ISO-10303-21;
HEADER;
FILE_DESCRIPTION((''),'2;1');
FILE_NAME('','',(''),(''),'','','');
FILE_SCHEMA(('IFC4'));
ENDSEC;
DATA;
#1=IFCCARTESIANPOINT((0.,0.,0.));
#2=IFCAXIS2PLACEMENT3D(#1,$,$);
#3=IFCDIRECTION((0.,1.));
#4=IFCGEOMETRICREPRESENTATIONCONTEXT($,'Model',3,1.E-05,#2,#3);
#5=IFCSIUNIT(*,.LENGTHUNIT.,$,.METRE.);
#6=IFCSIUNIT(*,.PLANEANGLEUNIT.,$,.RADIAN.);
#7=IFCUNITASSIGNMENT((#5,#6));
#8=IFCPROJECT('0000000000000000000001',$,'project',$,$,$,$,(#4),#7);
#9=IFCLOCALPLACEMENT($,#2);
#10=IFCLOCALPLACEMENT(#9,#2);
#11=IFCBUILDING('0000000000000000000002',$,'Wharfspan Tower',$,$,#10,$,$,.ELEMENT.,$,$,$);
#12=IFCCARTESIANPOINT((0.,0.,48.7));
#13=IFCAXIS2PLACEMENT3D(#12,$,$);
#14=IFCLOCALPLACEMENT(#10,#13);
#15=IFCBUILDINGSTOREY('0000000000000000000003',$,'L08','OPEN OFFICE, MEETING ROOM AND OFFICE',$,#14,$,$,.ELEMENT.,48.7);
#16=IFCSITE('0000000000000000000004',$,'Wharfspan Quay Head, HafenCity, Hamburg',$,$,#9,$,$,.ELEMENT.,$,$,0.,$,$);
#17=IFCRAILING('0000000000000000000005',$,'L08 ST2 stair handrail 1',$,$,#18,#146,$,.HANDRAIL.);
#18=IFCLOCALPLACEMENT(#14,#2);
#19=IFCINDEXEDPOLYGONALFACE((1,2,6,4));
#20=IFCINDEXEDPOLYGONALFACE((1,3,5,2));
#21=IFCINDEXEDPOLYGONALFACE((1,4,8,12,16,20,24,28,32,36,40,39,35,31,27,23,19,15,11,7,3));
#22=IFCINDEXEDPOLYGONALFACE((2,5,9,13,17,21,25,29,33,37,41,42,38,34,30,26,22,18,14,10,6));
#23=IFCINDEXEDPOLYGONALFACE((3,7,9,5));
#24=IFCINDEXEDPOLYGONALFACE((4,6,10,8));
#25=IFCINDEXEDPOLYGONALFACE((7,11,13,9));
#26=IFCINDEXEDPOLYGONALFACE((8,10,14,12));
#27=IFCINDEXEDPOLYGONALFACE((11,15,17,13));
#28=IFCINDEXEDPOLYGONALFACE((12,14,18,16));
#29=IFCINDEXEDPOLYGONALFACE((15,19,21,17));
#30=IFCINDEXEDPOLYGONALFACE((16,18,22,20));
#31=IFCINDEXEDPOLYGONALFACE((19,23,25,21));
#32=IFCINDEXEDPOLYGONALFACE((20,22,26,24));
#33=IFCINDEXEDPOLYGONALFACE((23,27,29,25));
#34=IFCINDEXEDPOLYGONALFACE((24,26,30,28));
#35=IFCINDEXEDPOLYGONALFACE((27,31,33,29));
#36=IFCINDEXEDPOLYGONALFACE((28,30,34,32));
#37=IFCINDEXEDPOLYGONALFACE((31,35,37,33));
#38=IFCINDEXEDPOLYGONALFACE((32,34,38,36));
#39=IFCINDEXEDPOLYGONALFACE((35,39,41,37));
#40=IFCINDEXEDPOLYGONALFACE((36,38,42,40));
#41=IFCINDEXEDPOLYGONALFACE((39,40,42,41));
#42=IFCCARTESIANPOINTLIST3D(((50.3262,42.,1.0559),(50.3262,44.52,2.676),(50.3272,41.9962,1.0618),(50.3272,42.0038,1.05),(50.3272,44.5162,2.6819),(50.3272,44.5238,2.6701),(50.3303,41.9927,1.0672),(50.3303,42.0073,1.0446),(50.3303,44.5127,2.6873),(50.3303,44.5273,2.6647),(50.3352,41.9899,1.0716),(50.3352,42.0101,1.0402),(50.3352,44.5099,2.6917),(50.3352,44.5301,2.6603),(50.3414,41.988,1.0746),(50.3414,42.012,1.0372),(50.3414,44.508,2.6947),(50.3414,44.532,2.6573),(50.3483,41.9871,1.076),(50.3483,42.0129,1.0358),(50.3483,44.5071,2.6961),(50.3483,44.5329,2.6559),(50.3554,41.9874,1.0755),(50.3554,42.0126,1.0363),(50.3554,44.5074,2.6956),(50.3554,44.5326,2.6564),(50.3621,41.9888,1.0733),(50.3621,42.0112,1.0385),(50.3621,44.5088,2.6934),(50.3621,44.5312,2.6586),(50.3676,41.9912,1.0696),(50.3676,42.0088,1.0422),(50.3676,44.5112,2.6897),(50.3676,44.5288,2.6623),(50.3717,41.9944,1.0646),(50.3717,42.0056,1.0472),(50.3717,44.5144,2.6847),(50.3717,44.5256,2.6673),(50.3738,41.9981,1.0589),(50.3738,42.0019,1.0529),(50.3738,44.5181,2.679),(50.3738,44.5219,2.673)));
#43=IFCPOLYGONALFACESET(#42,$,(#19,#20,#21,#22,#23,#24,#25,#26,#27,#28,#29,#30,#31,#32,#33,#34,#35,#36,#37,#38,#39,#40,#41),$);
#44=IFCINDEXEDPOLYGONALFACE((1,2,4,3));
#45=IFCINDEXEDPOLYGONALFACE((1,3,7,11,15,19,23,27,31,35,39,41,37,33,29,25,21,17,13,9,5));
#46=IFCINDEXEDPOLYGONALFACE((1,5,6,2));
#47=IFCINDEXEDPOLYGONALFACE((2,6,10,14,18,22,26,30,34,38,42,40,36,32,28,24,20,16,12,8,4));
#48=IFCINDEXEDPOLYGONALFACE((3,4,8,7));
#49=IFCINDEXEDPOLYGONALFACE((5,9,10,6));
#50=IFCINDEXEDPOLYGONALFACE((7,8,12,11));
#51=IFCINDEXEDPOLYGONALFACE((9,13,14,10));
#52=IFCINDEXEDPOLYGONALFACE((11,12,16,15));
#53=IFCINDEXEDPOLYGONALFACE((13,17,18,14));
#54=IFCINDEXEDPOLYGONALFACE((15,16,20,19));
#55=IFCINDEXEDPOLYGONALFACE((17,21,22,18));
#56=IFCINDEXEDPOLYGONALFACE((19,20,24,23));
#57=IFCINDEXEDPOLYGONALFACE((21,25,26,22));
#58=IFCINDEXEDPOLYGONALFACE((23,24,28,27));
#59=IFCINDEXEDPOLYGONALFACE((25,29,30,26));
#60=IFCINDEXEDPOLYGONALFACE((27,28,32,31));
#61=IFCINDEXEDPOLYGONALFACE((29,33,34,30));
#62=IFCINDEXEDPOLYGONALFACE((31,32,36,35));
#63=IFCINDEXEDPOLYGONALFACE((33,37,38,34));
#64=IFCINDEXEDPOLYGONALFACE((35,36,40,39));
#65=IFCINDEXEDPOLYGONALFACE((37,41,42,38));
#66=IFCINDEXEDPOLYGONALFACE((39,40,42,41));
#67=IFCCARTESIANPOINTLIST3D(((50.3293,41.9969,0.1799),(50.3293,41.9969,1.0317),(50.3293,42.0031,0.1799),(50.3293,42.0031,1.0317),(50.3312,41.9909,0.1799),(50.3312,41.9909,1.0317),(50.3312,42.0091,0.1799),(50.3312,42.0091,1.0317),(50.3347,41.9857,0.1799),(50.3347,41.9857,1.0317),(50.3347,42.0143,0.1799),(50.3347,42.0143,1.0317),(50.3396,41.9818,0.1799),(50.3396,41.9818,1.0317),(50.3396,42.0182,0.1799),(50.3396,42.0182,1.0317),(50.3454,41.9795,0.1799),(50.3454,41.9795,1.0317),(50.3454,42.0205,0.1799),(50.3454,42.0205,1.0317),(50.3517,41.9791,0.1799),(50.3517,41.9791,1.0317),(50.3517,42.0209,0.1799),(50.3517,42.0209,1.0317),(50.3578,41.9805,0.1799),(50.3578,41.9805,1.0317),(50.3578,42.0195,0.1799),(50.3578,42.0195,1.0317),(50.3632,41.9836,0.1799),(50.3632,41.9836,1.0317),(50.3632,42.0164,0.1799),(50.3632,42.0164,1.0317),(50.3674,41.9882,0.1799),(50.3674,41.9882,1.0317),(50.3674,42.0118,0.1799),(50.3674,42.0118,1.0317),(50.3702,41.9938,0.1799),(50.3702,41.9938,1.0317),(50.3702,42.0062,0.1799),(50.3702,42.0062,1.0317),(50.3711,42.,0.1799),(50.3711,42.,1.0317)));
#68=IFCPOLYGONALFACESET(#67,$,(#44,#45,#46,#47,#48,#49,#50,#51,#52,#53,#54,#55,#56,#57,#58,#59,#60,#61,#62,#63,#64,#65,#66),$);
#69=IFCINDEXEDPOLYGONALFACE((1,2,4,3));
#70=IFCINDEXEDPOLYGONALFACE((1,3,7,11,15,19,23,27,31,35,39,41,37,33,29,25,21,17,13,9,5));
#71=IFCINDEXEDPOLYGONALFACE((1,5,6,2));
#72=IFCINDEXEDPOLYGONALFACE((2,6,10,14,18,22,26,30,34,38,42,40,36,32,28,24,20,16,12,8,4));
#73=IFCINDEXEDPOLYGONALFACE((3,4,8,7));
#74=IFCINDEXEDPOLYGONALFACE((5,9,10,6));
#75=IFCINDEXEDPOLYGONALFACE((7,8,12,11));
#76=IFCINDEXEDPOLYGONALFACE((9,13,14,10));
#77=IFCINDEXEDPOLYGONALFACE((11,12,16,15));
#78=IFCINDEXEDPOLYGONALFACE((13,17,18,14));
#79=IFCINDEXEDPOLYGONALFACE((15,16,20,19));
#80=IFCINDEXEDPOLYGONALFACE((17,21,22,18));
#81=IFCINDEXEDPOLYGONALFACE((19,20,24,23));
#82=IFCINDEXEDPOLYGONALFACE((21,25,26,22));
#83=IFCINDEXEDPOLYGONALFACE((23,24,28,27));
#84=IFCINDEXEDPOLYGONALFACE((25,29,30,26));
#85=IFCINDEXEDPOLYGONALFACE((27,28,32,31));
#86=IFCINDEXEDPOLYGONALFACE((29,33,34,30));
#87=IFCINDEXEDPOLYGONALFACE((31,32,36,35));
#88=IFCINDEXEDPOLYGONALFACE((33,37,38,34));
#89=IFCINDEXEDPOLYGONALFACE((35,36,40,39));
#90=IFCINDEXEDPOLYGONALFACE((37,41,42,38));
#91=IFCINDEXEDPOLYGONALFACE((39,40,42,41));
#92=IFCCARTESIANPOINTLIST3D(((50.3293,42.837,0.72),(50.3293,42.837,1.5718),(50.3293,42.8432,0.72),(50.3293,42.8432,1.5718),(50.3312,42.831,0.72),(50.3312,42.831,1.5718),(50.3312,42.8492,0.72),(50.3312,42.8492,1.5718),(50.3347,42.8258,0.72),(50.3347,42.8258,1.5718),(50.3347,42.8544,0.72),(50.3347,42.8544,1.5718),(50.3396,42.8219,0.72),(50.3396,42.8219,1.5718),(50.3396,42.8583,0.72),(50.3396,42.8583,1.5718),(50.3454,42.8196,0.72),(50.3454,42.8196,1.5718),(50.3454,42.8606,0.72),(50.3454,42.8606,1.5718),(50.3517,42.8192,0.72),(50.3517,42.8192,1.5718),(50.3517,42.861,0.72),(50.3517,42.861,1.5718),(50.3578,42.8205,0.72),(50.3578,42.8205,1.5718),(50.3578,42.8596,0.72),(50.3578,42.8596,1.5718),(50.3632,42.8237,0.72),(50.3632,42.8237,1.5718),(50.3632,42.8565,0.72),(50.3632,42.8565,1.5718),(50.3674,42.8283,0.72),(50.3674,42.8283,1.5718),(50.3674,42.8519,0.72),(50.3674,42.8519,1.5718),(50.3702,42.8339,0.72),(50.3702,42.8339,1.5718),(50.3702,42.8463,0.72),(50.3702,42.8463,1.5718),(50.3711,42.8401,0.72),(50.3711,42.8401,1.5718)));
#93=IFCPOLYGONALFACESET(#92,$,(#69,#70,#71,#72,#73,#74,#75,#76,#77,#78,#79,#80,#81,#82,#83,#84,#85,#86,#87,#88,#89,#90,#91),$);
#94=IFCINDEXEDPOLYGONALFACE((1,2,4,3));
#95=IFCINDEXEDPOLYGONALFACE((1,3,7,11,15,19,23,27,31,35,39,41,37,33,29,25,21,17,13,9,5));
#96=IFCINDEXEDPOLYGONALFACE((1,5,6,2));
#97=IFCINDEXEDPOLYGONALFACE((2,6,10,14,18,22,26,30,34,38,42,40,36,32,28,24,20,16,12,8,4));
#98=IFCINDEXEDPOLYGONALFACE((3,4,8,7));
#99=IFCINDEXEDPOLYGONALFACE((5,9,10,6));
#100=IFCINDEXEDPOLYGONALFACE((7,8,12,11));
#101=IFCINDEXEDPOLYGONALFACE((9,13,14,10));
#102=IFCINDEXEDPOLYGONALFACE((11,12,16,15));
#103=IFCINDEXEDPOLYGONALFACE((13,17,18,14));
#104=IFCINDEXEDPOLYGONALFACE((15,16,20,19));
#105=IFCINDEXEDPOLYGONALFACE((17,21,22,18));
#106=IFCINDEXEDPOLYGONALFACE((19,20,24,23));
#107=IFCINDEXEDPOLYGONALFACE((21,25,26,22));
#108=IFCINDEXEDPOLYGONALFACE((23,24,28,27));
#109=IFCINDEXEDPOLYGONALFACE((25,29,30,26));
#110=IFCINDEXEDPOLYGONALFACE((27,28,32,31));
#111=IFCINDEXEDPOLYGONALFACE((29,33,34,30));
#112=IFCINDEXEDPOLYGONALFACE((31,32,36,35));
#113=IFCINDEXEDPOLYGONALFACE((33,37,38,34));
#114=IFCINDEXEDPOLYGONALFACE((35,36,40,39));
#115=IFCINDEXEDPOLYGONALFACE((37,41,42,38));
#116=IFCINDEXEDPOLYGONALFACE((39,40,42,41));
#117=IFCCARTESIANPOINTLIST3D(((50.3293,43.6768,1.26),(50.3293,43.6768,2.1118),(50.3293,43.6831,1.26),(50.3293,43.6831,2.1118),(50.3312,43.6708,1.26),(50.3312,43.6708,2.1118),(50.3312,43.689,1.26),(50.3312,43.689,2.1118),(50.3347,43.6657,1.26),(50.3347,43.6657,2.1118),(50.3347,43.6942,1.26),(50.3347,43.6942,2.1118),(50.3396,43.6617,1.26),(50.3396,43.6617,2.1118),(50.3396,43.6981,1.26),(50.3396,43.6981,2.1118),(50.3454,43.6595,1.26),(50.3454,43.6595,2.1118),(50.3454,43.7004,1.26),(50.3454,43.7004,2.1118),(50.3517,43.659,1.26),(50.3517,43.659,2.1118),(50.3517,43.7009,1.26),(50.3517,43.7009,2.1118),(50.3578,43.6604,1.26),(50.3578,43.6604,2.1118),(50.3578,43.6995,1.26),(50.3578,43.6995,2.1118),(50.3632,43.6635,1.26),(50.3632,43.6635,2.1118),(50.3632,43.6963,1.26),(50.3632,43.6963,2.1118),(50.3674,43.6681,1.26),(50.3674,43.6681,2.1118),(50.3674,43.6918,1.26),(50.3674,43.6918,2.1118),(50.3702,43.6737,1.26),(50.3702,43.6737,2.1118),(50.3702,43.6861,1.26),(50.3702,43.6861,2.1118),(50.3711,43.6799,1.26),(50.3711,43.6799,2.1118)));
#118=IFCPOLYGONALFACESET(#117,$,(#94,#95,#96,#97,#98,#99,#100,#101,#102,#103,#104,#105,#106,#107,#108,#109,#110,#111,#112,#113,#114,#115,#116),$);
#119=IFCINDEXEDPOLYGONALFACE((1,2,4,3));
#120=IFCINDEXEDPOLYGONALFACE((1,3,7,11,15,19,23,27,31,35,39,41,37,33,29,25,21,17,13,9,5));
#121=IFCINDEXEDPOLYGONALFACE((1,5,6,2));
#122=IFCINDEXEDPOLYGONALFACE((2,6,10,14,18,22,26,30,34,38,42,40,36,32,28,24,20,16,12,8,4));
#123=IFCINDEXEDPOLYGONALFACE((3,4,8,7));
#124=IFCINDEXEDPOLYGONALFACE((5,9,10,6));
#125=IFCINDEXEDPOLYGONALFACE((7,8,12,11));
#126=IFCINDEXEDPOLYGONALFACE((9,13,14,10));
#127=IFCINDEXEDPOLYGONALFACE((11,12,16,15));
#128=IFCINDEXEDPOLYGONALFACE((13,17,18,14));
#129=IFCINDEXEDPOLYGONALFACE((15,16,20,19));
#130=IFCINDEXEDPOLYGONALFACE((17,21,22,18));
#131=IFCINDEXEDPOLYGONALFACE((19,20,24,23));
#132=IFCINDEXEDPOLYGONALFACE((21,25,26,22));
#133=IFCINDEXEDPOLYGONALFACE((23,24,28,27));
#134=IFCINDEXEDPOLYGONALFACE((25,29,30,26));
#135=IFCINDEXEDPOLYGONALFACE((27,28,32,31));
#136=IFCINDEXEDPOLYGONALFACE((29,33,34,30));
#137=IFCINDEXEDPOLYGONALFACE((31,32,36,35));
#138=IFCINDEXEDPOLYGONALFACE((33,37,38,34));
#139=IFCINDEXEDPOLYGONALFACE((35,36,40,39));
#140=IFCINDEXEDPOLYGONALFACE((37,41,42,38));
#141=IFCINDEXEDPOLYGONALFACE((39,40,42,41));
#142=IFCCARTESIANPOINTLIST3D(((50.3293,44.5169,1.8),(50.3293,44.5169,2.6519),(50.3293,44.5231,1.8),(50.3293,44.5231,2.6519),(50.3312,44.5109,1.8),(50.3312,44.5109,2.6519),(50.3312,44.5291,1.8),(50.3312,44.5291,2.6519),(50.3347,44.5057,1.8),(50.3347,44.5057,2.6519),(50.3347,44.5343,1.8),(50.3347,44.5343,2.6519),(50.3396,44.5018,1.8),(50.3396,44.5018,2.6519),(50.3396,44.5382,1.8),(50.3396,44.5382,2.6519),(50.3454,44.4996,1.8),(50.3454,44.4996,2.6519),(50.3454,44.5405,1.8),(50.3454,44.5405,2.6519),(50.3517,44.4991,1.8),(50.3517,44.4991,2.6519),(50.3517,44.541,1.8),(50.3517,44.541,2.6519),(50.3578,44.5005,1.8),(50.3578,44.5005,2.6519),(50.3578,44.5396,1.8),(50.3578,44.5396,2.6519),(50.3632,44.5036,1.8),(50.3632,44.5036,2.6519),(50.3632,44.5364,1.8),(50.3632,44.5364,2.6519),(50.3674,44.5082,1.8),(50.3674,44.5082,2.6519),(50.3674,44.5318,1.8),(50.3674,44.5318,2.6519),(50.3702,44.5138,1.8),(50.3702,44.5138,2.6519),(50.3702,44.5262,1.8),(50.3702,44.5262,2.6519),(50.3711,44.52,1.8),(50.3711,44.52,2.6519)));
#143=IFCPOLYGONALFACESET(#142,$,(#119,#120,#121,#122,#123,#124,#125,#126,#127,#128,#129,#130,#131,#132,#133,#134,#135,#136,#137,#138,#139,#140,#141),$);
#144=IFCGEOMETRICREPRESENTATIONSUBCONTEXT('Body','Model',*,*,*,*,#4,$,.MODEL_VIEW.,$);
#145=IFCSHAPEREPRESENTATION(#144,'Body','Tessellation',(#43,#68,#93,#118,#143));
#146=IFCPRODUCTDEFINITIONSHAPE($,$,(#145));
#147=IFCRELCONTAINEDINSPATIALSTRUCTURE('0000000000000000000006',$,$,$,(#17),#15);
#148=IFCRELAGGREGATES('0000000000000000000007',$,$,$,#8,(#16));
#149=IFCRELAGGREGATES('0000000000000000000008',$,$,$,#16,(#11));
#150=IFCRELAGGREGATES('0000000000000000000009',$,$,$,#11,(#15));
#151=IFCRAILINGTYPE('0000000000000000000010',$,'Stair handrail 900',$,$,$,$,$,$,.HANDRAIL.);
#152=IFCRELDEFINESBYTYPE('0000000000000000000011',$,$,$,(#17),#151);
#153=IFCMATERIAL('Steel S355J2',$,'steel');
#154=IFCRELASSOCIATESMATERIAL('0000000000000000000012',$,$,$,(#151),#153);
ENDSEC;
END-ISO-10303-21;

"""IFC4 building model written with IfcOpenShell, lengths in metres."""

from ifc_helpers import new_model, si_unit, direction, frame, origin, origin_2d, place, context, subcontext, project, spatial, circle, extrude, material, type_object, element, save


model = new_model("IFC4")

# Units and contexts
model_context = context("Model", 3, precision=1e-05, world=origin(), true_north=direction((0.0, 1.0)))
body_context = subcontext(model_context, "Body", "Model", "MODEL_VIEW")
ifc_project = project(units=[si_unit("LENGTHUNIT", "METRE"), si_unit("PLANEANGLEUNIT", "RADIAN")], contexts=[model_context])

# Site, building, storey
site_placement = place(None, origin())
site = spatial("IfcSite", under=ifc_project, at=site_placement, Name="Wharfspan Quay Head, HafenCity, Hamburg", CompositionType="ELEMENT", RefElevation=0.0)
building_placement = place(site_placement, origin())
building = spatial("IfcBuilding", under=site, at=building_placement, Name="Wharfspan Tower", CompositionType="ELEMENT")
storey_placement = place(building_placement, frame((0.0, 0.0, 48.7)))
storey = spatial("IfcBuildingStorey", under=building, at=storey_placement, Name="L08", Description="OPEN OFFICE, MEETING ROOM AND OFFICE", CompositionType="ELEMENT", Elevation=48.7)

# Shared definitions
ifc_material_1 = material(Name="Steel S355J2", Category="steel")

# Railing
railing_type_1 = type_object("IfcRailingType", Name="Stair handrail 900", PredefinedType="HANDRAIL", material=ifc_material_1)
railing_1_placement = place(storey_placement, frame((50.3501, 42.0, 0.1799)))
element("IfcRailing", 1, at=railing_1_placement, inside=storey, type_object=railing_type_1, Name="L08 ST2 stair handrail 1", PredefinedType="HANDRAIL", context=body_context, shape_type="SweptSolid", body=[
    extrude(circle(Radius=0.0239, at=origin_2d()), frame((0.0, 0.0, 0.876), z_axis=(0.0, 0.841163, 0.540782), x_axis=(-1.0, 0.0, 0.0)), (0.0, 0.0, 1.0), 2.9958),
    extrude(circle(Radius=0.021, at=origin_2d()), origin(), (0.0, 0.0, 1.0), 0.8518),
    extrude(circle(Radius=0.021, at=origin_2d()), frame((0.0, 0.8401, 0.54)), (0.0, 0.0, 1.0), 0.8518),
    extrude(circle(Radius=0.021, at=origin_2d()), frame((0.0, 1.6799, 1.0801)), (0.0, 0.0, 1.0), 0.8518),
    extrude(circle(Radius=0.021, at=origin_2d()), frame((0.0, 2.52, 1.6201)), (0.0, 0.0, 1.0), 0.8518),
])

save(model, "model.ifc")
